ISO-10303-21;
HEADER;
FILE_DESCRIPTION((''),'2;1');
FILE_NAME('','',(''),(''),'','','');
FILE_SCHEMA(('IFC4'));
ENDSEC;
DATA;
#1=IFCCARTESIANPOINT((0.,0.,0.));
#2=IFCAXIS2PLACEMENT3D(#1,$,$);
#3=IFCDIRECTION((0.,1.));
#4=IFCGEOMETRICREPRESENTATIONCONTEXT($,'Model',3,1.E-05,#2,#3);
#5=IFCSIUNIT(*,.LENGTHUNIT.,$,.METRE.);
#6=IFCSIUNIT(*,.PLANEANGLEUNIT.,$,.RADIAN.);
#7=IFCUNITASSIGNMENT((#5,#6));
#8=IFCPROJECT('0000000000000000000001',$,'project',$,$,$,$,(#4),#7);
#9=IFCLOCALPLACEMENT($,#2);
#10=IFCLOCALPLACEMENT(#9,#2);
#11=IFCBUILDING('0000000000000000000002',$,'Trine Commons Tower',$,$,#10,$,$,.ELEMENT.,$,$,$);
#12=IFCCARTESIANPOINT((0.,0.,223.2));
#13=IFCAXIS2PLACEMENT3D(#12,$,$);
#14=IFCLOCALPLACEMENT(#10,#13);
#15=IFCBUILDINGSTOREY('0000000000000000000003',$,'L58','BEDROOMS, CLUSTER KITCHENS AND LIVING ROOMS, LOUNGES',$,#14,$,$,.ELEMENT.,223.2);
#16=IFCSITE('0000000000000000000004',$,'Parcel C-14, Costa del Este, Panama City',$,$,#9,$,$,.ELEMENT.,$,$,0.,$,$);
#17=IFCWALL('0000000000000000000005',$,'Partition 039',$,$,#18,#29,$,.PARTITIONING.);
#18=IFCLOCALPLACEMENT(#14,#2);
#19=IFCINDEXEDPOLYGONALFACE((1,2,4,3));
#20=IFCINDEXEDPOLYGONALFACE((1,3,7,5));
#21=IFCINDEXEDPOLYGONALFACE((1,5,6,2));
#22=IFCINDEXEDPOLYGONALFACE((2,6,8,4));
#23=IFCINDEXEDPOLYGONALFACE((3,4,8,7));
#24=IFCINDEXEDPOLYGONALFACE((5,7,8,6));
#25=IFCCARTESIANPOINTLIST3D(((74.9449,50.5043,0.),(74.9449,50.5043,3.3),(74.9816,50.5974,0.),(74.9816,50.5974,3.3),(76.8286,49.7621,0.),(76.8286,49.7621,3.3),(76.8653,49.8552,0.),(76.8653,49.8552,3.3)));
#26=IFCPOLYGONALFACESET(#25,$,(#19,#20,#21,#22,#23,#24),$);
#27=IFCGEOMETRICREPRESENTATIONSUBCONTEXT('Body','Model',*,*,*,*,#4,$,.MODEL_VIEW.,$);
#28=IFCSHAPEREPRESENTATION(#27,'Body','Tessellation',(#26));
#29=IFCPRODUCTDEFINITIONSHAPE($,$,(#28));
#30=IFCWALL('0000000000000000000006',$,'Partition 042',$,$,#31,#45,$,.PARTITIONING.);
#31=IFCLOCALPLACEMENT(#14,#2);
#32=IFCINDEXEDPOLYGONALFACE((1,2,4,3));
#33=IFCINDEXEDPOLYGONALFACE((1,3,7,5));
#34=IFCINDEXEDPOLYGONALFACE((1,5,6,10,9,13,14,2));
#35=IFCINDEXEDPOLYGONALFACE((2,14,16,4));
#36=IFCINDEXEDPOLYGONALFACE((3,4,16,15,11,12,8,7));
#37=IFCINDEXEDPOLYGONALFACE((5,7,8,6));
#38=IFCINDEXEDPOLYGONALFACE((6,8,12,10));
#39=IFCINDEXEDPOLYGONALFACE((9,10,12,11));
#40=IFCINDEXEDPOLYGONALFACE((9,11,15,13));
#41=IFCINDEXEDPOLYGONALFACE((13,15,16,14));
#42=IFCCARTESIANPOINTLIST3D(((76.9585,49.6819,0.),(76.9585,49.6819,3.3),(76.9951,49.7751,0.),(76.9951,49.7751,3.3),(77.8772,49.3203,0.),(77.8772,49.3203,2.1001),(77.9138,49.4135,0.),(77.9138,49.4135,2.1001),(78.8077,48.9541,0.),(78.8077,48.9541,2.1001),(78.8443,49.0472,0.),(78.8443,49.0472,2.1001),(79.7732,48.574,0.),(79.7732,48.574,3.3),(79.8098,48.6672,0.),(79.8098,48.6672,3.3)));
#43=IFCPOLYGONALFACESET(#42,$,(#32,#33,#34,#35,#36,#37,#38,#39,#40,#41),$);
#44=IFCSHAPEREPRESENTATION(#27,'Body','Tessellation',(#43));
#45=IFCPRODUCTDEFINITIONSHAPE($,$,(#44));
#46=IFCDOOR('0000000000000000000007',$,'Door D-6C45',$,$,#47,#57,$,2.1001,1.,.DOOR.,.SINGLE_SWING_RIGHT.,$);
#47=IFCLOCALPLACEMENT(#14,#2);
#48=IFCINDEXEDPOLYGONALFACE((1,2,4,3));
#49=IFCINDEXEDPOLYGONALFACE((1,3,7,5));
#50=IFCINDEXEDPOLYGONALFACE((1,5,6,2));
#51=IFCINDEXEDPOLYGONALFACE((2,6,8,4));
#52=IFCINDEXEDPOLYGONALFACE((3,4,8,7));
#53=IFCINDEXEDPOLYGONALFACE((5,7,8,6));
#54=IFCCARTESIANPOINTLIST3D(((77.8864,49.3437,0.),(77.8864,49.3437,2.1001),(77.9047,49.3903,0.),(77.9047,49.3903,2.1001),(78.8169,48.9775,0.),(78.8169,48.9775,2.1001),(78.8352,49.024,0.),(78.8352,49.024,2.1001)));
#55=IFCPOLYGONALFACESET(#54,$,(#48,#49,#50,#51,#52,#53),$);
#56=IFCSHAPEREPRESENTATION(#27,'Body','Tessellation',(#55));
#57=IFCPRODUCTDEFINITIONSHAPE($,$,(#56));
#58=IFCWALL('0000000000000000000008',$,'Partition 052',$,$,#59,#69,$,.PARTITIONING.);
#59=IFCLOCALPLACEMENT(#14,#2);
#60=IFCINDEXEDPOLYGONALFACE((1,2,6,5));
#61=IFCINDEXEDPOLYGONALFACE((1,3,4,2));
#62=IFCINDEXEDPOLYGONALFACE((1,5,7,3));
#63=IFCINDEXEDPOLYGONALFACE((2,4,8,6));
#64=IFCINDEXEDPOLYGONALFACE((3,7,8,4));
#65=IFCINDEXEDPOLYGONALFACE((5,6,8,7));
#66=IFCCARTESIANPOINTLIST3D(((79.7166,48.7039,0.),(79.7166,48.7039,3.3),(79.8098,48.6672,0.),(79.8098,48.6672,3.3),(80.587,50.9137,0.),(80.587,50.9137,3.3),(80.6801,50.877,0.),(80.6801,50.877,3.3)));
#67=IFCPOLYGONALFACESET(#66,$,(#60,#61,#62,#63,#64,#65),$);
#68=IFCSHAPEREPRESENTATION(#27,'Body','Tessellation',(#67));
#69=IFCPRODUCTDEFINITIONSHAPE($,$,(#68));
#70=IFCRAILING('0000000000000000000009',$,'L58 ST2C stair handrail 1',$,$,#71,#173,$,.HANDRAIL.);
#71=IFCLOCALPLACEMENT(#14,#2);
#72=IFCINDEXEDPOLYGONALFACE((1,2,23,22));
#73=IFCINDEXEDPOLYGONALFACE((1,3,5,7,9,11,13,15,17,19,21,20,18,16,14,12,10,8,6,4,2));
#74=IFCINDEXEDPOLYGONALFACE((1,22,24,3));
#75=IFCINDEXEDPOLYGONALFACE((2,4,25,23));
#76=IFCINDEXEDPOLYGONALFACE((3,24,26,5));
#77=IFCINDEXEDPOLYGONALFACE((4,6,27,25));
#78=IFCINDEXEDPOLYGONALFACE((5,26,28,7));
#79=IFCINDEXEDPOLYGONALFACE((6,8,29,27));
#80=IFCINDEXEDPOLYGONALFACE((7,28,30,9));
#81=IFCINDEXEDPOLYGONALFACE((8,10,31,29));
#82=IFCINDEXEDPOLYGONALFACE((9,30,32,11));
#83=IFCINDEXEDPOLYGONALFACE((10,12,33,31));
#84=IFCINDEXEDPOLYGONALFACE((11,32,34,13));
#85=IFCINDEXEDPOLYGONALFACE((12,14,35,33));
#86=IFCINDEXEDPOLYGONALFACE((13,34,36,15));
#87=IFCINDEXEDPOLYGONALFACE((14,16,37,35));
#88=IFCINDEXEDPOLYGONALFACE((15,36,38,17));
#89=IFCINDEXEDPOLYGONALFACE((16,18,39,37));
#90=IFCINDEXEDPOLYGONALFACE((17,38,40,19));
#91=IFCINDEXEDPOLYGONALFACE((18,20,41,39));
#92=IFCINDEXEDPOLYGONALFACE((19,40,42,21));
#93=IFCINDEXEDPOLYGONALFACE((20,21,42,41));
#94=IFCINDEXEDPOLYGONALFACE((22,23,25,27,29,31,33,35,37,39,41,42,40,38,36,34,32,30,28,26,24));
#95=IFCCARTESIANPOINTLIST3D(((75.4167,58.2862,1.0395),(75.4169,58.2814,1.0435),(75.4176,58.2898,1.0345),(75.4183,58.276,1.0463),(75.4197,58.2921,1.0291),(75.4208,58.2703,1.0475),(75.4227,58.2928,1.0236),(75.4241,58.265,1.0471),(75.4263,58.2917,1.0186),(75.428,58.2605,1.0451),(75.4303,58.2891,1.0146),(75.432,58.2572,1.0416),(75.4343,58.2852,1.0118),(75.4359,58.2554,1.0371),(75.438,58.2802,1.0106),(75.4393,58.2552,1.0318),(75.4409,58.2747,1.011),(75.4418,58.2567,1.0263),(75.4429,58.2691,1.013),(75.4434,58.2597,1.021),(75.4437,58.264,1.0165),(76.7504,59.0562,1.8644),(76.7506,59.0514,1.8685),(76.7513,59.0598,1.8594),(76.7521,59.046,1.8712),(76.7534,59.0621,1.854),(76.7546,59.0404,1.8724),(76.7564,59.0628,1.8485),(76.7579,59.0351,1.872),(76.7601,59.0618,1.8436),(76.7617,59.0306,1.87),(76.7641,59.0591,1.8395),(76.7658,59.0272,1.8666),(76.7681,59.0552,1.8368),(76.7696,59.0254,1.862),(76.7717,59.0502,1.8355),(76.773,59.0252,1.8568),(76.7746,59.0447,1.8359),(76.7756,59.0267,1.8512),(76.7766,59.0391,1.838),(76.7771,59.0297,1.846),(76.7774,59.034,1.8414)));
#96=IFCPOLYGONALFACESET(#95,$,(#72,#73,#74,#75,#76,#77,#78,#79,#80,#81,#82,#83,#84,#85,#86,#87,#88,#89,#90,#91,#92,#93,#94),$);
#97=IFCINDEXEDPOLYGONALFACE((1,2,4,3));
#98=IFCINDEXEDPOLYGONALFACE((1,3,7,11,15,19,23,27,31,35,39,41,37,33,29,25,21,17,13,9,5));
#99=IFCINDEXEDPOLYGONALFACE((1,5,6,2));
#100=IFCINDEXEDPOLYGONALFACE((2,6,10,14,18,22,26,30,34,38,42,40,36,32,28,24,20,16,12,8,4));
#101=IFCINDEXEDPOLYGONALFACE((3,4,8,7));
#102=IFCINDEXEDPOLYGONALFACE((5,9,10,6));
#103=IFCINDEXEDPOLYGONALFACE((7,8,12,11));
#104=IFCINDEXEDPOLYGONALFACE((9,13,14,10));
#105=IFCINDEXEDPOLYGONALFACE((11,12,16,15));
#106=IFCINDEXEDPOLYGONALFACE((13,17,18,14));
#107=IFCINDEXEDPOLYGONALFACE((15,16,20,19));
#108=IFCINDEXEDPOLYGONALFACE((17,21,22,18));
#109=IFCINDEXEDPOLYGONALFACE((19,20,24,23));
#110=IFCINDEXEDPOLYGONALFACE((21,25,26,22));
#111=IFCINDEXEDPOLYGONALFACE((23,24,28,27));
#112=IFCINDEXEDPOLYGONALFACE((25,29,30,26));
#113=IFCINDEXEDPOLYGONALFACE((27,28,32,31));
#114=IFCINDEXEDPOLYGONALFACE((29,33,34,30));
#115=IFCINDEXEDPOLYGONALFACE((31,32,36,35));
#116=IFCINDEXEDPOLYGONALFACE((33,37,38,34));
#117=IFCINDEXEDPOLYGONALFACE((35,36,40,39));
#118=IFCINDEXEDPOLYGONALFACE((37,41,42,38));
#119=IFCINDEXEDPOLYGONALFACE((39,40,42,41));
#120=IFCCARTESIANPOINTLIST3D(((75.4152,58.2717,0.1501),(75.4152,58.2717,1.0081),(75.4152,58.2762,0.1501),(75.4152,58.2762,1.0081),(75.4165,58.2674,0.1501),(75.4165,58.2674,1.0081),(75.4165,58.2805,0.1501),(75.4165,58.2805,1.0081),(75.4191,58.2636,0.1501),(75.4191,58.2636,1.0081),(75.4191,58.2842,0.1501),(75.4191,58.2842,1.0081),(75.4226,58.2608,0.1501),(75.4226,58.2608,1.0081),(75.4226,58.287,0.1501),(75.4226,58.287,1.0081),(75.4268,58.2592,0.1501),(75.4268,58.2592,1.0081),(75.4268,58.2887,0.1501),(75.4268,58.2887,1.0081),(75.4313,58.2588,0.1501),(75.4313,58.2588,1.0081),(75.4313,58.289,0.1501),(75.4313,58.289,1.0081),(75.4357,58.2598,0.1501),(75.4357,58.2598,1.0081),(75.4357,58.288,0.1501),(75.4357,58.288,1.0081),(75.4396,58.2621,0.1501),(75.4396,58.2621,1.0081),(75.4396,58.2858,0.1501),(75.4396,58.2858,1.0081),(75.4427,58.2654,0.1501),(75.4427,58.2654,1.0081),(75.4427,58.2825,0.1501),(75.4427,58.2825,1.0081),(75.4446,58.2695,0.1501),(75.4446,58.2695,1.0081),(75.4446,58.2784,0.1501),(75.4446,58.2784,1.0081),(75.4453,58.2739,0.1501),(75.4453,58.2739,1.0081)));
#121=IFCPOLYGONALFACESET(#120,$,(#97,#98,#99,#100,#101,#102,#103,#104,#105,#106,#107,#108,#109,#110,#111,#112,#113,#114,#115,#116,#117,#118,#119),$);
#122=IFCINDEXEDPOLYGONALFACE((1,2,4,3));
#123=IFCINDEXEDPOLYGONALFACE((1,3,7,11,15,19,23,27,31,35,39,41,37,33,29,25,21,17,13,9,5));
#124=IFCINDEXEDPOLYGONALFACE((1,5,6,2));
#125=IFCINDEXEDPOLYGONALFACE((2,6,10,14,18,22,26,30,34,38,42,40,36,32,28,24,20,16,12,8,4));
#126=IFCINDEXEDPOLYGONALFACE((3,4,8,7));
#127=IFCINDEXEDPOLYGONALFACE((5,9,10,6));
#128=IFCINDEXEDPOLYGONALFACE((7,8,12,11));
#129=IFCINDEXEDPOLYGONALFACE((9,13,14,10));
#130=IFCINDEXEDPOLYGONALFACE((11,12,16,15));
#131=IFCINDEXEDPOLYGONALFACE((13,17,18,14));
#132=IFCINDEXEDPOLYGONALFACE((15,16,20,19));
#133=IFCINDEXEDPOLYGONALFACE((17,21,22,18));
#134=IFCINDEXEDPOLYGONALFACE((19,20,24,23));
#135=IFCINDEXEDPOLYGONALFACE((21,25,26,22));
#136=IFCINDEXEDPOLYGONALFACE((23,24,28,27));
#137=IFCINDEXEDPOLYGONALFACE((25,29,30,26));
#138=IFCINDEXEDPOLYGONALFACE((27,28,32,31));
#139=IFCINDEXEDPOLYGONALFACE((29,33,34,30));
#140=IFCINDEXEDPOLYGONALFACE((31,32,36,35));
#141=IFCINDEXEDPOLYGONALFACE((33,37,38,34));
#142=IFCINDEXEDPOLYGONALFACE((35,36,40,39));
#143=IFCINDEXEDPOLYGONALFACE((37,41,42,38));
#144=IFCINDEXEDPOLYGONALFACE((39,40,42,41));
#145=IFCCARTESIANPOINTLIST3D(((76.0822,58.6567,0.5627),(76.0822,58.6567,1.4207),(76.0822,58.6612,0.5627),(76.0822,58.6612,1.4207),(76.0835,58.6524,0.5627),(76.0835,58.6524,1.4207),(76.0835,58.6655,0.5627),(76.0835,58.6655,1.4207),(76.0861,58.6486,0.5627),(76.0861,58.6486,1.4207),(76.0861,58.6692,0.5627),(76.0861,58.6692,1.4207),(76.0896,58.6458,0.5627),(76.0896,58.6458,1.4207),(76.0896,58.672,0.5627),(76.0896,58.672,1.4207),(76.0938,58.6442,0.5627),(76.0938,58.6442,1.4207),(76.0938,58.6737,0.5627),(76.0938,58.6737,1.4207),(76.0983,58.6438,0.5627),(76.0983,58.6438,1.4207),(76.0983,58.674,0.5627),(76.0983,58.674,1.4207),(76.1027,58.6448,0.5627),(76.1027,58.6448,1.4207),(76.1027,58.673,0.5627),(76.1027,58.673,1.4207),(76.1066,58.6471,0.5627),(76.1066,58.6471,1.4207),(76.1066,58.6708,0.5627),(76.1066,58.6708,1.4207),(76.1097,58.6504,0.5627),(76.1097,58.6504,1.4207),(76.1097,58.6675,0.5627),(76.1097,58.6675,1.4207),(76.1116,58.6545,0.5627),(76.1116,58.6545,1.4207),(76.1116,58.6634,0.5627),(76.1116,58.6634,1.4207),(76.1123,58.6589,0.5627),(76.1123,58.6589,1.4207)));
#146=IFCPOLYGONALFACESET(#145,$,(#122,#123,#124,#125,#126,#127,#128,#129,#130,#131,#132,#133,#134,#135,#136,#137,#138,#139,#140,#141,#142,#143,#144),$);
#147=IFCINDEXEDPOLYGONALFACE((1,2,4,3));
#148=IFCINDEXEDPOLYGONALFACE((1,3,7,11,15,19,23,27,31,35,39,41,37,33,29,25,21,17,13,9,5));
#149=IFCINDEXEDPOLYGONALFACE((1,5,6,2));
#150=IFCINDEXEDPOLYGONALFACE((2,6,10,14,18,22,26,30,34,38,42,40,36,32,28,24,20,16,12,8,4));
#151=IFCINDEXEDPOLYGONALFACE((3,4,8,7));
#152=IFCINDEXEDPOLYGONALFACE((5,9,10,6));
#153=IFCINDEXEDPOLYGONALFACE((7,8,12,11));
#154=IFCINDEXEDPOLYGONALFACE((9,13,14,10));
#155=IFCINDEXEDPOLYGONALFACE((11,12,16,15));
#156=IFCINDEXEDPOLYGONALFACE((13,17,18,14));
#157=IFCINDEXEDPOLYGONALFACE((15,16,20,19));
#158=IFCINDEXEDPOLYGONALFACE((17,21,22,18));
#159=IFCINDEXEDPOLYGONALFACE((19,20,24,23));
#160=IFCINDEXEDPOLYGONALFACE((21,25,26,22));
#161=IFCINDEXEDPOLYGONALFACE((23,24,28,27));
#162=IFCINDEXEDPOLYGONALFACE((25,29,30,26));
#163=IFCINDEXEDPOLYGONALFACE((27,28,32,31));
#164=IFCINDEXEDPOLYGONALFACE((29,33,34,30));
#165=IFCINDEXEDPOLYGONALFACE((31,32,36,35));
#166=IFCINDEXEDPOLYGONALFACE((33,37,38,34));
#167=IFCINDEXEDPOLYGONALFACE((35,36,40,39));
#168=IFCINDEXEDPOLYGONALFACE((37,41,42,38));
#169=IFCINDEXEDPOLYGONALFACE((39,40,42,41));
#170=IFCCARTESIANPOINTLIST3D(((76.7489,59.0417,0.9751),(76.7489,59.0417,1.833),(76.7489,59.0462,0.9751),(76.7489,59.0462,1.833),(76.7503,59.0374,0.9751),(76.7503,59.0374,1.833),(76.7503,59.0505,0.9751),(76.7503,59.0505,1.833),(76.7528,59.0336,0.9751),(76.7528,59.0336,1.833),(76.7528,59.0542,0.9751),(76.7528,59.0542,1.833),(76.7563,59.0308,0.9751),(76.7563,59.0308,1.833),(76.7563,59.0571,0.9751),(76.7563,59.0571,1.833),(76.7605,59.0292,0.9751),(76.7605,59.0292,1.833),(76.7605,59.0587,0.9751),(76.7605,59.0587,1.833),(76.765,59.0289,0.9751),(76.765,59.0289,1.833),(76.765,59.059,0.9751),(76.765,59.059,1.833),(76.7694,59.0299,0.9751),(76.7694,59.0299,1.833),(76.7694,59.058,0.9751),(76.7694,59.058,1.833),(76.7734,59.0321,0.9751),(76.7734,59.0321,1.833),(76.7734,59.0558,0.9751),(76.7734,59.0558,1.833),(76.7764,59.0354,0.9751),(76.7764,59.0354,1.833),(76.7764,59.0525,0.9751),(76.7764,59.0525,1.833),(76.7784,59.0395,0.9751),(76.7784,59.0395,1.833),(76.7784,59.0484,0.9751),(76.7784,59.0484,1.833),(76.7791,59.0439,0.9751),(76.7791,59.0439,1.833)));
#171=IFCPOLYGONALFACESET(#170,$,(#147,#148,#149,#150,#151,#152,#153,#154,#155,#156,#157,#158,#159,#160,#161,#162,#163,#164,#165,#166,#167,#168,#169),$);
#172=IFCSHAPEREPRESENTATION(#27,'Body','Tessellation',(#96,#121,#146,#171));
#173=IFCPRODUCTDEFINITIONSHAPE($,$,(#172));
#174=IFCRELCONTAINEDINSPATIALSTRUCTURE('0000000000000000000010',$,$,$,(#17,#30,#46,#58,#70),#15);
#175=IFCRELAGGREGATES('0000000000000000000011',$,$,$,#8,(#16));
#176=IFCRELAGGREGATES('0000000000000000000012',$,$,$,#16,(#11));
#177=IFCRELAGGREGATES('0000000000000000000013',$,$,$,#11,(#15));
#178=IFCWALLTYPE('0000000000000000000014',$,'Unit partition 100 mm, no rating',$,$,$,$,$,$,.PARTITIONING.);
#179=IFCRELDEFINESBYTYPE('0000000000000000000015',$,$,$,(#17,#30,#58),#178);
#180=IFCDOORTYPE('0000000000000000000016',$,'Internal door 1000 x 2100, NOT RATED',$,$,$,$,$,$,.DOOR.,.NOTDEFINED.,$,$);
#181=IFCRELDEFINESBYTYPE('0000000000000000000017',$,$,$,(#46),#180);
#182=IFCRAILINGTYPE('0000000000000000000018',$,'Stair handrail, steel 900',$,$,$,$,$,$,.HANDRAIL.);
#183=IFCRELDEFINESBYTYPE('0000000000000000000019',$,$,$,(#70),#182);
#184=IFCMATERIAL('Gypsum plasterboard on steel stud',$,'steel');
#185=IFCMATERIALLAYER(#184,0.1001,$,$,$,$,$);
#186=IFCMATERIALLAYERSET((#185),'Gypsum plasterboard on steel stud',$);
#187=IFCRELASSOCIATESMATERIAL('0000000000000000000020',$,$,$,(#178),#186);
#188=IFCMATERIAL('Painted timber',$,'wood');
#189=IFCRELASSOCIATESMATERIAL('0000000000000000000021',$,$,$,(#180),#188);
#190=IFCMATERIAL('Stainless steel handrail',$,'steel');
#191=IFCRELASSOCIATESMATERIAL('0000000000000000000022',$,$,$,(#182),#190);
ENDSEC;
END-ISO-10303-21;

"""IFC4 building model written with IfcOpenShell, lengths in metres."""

from ifc_helpers import new_model, si_unit, direction, frame, frame_2d, origin, origin_2d, place, context, subcontext, project, spatial, rectangle, circle, extrude, material, layer, layer_set, type_object, element, fill, save


model = new_model("IFC4")

# Units and contexts
model_context = context("Model", 3, precision=1e-05, world=origin(), true_north=direction((0.0, 1.0)))
body_context = subcontext(model_context, "Body", "Model", "MODEL_VIEW")
ifc_project = project(units=[si_unit("LENGTHUNIT", "METRE"), si_unit("PLANEANGLEUNIT", "RADIAN")], contexts=[model_context])

# Site, building, storey
site_placement = place(None, origin())
site = spatial("IfcSite", under=ifc_project, at=site_placement, Name="Parcel C-14, Costa del Este, Panama City", CompositionType="ELEMENT", RefElevation=0.0)
building_placement = place(site_placement, origin())
building = spatial("IfcBuilding", under=site, at=building_placement, Name="Trine Commons Tower", CompositionType="ELEMENT")
storey_placement = place(building_placement, frame((0.0, 0.0, 223.2)))
storey = spatial("IfcBuildingStorey", under=building, at=storey_placement, Name="L58", Description="BEDROOMS, CLUSTER KITCHENS AND LIVING ROOMS, LOUNGES", CompositionType="ELEMENT", Elevation=223.2)

# Shared definitions
ifc_material_1 = material(Name="Gypsum plasterboard on steel stud", Category="steel")

# Shared definitions
ifc_layer_1 = layer(ifc_material_1, 0.1001)
ifc_layer_set_1 = layer_set([ifc_layer_1], Name="Gypsum plasterboard on steel stud")
wall_type_1 = type_object("IfcWallType", Name="Unit partition 100 mm, no rating", PredefinedType="PARTITIONING", material=ifc_layer_set_1)

# Shared definitions
ifc_material_2 = material(Name="Painted timber", Category="wood")

# Wall
wall_1_placement = place(storey_placement, frame((74.9634, 50.5508, 0.0), z_axis=(0.0, 0.0, 1.0), x_axis=(0.930393, -0.366562, 0.0)))
element("IfcWall", 1, at=wall_1_placement, inside=storey, type_object=wall_type_1, Name="Partition 039", PredefinedType="PARTITIONING", context=body_context, shape_type="SweptSolid", body=[
    extrude(rectangle(XDim=2.0247, YDim=0.1001, at=frame_2d((1.0122, 0.0))), origin(), (0.0, 0.0, 1.0), 3.3),
])

# Wall, opening, door
wall_2_placement = place(storey_placement, frame((76.9768, 49.7285, 0.0), z_axis=(0.0, 0.0, 1.0), x_axis=(0.930511, -0.366264, 0.0)))
wall_2 = element("IfcWall", 2, at=wall_2_placement, inside=storey, type_object=wall_type_1, Name="Partition 042", PredefinedType="PARTITIONING", context=body_context, shape_type="SweptSolid", body=[
    extrude(rectangle(XDim=3.0249, YDim=0.1001, at=frame_2d((1.5125, 0.0))), origin(), (0.0, 0.0, 1.0), 3.3),
])
opening_1_placement = place(wall_2_placement, frame((0.9873, 0.0, 0.0)))
opening_1 = element("IfcOpeningElement", 3, at=opening_1_placement, cuts=wall_2, PredefinedType="OPENING", context=body_context, shape_type="SweptSolid", body=[
    extrude(rectangle(XDim=1.0, YDim=2.1001, at=frame_2d((0.5, 1.05))), frame((0.0, 0.0601, 0.0), z_axis=(0.0, -1.0, 0.0), x_axis=(1.0, 0.0, 0.0)), (0.0, 0.0, 1.0), 0.1201),
])
door_type_1 = type_object("IfcDoorType", Name="Internal door 1000 x 2100, NOT RATED", OperationType="NOTDEFINED", PredefinedType="DOOR", material=ifc_material_2)
door_1_placement = place(opening_1_placement, frame((1.0, 0.0, 0.0), z_axis=(0.0, 0.0, 1.0), x_axis=(-1.0, 0.0, 0.0)))
door_1 = element("IfcDoor", 4, at=door_1_placement, inside=storey, type_object=door_type_1, Name="Door D-6C45", OperationType="SINGLE_SWING_RIGHT", OverallHeight=2.1001, OverallWidth=1.0, PredefinedType="DOOR", context=body_context, shape_type="SweptSolid", body=[
    extrude(rectangle(XDim=1.0, YDim=2.1001, at=frame_2d((0.5, 1.05))), frame((0.0, 0.0249, 0.0), z_axis=(0.0, -1.0, 0.0), x_axis=(1.0, 0.0, 0.0)), (0.0, 0.0, 1.0), 0.05),
])
fill(opening_1, door_1)

# Wall
wall_3_placement = place(storey_placement, frame((79.7632, 48.6855, 0.0), z_axis=(0.0, 0.0, 1.0), x_axis=(0.366476, 0.930428, 0.0)))
element("IfcWall", 5, at=wall_3_placement, inside=storey, type_object=wall_type_1, Name="Partition 052", PredefinedType="PARTITIONING", context=body_context, shape_type="SweptSolid", body=[
    extrude(rectangle(XDim=2.375, YDim=0.1001, at=frame_2d((1.1875, 0.0))), origin(), (0.0, 0.0, 1.0), 3.3),
])

# Railing
ifc_material_3 = material(Name="Stainless steel handrail", Category="steel")
railing_type = type_object("IfcRailingType", Name="Stair handrail, steel 900", PredefinedType="HANDRAIL", material=ifc_material_3)
railing_placement = place(storey_placement, frame((75.4302, 58.2739, 0.1501)))
element("IfcRailing", 6, at=railing_placement, inside=storey, type_object=railing_type, Name="L58 ST2C stair handrail 1", PredefinedType="HANDRAIL", context=body_context, shape_type="SweptSolid", body=[
    extrude(circle(Radius=0.021, at=origin_2d()), frame((0.0, 0.0, 0.8789), z_axis=(0.763405, 0.440743, 0.472185), x_axis=(-0.499992, 0.86603, 0.0)), (0.0, 0.0, 1.0), 1.7471),
    extrude(circle(Radius=0.0151, at=origin_2d()), origin(), (0.0, 0.0, 1.0), 0.8579),
    extrude(circle(Radius=0.0151, at=origin_2d()), frame((0.667, 0.385, 0.4126)), (0.0, 0.0, 1.0), 0.8579),
    extrude(circle(Radius=0.0151, at=origin_2d()), frame((1.3337, 0.77, 0.825)), (0.0, 0.0, 1.0), 0.8579),
])

save(model, "model.ifc")
